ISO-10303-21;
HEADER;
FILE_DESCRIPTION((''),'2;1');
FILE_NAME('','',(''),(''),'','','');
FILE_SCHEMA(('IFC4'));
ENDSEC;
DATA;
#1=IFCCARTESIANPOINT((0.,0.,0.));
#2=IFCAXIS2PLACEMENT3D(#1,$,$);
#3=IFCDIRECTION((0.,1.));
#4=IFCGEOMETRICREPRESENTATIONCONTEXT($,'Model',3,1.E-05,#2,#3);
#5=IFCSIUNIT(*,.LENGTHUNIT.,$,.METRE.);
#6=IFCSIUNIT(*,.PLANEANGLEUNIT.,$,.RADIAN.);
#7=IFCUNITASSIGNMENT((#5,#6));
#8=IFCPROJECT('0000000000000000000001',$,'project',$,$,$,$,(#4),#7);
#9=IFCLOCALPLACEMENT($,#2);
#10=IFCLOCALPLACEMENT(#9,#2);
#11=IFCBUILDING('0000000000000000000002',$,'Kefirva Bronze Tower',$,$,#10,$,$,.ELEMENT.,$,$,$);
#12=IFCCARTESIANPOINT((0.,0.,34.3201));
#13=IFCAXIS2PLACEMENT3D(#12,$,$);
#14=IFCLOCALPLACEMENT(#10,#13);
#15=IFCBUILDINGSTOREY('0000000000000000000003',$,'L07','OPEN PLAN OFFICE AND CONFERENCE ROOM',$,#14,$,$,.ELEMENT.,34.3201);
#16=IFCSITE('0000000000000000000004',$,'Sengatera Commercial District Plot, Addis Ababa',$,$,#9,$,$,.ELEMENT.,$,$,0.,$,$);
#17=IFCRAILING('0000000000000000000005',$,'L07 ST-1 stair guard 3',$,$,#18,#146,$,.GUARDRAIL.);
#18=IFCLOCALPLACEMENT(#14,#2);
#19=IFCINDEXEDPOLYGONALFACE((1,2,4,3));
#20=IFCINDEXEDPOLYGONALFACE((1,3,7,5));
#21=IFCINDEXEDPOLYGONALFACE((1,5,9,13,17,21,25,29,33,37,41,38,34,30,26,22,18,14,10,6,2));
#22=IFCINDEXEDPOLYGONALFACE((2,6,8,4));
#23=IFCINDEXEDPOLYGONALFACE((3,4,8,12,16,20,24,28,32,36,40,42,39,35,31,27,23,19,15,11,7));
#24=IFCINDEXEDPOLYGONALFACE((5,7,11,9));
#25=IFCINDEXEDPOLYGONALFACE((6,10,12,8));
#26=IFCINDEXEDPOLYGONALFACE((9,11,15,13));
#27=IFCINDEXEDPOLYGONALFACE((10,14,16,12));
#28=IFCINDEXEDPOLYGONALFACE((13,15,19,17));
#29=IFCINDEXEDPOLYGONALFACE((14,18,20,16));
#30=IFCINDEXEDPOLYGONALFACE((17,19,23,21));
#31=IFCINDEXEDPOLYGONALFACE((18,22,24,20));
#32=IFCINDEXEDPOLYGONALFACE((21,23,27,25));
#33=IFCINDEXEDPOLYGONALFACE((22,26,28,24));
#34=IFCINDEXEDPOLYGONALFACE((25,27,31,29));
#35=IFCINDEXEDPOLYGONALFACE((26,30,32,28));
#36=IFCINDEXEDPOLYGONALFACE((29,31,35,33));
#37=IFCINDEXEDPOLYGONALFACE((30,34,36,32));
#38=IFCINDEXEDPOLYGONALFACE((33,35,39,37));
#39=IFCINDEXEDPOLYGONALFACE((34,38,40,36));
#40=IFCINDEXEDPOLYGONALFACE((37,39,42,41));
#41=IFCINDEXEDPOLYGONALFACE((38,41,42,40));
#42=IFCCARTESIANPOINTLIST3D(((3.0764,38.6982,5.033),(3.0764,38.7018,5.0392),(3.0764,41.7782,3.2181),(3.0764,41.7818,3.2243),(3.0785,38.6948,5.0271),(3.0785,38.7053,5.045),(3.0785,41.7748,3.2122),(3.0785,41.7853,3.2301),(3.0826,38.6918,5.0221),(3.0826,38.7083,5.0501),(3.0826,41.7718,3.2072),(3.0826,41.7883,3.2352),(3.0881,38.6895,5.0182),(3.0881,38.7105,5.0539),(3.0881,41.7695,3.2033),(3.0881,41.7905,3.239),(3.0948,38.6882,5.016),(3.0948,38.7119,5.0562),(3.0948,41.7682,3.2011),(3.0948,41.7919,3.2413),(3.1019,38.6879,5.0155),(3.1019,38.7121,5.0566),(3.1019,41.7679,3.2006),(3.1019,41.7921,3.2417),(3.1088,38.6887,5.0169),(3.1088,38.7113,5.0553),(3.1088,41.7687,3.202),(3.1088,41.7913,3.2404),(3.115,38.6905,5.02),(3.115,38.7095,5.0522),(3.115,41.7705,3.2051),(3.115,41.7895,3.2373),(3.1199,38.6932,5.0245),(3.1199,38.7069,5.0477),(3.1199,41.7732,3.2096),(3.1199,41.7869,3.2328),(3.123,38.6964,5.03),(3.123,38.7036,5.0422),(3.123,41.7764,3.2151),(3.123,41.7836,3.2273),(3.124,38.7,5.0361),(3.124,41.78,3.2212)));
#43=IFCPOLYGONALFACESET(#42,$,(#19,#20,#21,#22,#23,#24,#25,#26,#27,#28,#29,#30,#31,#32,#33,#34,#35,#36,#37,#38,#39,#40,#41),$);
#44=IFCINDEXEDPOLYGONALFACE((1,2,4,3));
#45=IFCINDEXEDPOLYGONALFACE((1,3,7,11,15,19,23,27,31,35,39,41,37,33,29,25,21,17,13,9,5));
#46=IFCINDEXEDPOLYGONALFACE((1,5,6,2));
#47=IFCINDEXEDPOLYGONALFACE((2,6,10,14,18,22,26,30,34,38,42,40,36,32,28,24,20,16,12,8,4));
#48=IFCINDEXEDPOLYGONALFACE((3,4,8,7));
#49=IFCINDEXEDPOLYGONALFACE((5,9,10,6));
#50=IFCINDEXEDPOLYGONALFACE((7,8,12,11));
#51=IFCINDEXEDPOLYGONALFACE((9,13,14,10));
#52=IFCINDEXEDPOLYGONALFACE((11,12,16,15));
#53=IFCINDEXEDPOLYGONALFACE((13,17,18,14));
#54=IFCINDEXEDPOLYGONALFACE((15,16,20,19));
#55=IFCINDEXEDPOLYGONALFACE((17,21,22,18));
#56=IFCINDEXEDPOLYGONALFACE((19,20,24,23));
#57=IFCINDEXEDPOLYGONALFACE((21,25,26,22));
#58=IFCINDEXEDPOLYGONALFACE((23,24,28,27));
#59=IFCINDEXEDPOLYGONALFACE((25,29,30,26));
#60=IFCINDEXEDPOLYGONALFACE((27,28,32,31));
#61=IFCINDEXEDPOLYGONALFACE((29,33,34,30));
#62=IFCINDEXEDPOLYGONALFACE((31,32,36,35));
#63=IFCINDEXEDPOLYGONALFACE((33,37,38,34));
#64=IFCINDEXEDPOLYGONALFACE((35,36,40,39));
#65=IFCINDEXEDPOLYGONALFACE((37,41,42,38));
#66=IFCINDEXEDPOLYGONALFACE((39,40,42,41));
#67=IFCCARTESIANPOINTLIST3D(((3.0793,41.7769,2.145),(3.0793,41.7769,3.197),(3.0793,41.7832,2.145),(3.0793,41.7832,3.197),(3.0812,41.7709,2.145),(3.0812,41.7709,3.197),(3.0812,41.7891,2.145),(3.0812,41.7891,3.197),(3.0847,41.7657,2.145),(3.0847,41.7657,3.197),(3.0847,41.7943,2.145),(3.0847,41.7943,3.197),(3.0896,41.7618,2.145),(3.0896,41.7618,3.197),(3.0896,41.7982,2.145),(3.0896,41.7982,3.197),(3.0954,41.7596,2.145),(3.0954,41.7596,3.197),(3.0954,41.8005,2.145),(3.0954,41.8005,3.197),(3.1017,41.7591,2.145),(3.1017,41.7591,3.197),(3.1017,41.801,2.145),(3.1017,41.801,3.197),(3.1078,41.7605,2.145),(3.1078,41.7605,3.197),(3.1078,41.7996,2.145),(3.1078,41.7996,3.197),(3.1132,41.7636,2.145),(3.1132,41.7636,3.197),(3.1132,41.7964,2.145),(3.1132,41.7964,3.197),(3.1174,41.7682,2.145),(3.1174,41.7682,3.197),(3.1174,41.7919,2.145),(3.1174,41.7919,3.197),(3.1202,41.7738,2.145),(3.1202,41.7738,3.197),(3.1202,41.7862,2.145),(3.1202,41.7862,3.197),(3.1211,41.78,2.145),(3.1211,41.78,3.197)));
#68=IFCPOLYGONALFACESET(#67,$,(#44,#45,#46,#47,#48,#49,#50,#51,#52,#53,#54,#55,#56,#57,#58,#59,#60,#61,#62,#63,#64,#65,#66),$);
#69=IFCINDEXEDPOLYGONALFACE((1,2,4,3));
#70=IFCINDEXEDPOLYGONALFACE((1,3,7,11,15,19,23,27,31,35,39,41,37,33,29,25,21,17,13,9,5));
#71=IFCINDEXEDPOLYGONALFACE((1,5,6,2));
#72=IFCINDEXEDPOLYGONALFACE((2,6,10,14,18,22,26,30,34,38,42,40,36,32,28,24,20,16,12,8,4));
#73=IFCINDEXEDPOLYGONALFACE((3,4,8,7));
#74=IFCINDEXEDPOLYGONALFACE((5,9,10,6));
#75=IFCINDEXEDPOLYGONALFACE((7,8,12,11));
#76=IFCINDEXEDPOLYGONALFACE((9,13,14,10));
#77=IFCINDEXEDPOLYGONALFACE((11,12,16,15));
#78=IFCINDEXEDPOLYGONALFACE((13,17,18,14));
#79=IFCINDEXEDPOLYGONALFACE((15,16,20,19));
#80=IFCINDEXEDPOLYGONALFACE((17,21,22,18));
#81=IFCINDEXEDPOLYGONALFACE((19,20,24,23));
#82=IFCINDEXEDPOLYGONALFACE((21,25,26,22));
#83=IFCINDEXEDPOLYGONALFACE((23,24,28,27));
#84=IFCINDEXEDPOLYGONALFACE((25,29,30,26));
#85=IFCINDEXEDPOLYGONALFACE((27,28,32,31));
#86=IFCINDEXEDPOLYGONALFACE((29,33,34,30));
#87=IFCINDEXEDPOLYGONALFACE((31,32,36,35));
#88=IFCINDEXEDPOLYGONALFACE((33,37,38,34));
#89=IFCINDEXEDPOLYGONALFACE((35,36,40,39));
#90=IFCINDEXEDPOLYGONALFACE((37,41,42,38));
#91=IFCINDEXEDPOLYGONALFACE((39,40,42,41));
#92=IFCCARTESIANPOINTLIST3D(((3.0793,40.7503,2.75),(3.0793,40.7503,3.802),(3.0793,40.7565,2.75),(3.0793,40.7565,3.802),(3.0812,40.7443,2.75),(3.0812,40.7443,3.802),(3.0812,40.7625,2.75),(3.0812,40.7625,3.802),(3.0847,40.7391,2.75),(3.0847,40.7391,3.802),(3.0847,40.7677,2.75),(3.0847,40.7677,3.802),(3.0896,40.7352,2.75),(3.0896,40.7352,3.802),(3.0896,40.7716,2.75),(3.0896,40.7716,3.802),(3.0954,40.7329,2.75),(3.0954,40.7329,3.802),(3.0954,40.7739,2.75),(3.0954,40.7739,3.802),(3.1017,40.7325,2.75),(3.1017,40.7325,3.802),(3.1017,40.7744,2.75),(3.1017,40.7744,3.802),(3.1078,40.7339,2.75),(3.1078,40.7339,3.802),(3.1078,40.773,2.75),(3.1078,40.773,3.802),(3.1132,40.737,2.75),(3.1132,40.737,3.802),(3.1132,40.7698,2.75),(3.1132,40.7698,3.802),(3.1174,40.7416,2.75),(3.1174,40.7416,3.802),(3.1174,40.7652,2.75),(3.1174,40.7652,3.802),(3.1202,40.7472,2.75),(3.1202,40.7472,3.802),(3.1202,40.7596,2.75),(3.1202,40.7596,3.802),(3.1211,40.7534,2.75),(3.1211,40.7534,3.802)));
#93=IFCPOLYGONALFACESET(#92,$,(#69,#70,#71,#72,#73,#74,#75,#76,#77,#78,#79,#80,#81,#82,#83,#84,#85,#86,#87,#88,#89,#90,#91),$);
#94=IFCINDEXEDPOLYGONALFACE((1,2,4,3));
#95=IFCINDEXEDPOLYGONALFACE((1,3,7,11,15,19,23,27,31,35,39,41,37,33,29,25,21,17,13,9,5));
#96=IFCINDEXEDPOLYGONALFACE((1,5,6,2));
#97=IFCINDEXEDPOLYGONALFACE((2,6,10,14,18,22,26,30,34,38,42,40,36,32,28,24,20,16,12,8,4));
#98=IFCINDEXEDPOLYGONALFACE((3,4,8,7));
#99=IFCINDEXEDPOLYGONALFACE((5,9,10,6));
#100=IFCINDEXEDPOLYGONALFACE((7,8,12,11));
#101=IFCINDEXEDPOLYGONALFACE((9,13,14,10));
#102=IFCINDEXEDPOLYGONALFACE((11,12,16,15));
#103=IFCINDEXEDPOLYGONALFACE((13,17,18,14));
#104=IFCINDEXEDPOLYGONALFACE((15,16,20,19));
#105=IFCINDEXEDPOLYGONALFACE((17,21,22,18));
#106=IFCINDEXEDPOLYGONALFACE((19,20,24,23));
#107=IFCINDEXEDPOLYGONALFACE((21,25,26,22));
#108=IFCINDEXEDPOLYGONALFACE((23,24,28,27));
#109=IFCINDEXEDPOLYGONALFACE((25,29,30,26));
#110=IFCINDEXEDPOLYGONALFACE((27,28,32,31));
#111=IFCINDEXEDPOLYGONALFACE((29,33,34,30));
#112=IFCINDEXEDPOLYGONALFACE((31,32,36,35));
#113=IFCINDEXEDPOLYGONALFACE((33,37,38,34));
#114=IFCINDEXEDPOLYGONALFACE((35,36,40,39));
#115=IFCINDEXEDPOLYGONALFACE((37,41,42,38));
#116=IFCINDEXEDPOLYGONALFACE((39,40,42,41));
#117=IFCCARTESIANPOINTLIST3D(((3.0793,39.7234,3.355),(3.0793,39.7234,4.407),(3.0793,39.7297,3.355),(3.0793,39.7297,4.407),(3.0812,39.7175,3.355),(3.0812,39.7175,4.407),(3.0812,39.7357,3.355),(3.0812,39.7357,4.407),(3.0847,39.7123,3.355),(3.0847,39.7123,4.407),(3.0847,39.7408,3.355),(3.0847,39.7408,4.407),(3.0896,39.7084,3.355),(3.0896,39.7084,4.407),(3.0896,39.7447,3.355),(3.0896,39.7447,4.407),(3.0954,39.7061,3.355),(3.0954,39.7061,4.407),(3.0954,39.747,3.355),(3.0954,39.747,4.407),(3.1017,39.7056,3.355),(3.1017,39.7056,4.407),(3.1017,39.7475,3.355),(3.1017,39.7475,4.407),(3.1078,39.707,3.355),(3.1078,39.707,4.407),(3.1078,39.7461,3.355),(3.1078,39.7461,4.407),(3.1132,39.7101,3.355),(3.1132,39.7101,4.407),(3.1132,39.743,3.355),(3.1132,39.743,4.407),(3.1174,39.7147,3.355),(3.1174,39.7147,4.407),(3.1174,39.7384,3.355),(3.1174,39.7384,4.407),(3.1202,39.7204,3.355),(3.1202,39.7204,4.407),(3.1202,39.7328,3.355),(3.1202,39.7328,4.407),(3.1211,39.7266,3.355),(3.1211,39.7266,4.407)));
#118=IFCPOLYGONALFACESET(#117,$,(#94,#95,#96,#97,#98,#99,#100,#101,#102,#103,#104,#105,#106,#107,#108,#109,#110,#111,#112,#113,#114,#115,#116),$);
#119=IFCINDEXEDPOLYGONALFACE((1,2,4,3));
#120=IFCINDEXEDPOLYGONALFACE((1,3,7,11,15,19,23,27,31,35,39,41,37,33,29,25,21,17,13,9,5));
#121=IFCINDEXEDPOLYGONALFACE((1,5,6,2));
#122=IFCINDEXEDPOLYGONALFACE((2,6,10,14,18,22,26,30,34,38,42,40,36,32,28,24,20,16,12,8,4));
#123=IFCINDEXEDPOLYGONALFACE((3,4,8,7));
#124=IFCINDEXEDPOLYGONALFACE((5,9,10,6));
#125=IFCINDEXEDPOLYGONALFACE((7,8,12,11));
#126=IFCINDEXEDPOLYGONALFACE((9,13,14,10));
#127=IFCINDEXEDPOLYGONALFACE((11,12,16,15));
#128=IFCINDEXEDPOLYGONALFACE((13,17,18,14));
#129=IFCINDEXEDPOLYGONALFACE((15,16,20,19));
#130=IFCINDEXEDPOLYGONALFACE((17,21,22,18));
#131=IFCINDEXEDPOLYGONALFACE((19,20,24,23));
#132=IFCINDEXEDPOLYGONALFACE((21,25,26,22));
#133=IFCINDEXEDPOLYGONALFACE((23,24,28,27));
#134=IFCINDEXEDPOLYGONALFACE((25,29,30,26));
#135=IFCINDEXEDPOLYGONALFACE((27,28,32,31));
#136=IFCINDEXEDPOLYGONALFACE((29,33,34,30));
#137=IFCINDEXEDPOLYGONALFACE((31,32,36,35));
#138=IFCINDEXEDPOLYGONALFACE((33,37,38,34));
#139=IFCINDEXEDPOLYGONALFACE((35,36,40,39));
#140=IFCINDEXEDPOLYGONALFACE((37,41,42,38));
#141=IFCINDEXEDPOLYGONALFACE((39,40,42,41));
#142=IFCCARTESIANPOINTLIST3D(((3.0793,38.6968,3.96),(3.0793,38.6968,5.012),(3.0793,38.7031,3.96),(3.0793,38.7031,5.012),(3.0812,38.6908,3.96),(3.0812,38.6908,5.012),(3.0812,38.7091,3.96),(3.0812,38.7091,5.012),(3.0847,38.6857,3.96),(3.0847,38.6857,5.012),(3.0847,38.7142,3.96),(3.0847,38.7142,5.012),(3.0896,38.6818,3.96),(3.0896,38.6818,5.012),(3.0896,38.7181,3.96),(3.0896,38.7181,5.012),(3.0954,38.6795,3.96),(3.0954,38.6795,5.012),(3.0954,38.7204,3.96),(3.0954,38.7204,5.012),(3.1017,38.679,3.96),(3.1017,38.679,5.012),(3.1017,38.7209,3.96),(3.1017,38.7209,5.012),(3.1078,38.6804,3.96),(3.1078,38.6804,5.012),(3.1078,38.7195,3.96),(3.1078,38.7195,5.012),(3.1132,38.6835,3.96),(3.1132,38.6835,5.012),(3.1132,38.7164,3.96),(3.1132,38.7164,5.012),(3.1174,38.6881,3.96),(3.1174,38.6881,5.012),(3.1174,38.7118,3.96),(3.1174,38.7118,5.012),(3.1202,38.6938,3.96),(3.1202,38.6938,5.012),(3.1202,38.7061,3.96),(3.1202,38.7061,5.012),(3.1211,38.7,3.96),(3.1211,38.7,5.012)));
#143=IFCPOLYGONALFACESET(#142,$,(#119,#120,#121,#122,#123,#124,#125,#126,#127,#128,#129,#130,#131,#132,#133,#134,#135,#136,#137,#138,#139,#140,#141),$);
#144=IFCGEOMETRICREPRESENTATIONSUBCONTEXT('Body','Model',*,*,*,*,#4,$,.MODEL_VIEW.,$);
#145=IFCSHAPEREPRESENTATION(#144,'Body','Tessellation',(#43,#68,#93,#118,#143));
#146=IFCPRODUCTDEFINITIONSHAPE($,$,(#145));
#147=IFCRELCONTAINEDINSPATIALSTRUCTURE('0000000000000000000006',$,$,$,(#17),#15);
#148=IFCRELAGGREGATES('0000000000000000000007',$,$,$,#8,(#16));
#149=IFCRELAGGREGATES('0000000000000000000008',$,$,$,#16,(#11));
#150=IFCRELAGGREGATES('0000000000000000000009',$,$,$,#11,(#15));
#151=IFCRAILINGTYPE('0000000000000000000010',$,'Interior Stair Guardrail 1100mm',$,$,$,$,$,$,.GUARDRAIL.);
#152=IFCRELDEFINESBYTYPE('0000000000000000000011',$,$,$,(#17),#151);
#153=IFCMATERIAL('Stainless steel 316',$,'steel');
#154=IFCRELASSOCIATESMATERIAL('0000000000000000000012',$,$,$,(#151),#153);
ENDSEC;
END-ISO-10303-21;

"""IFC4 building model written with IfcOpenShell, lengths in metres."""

from ifc_helpers import new_model, si_unit, direction, frame, origin, origin_2d, place, context, subcontext, project, spatial, circle, extrude, material, type_object, element, save


model = new_model("IFC4")

# Units and contexts
model_context = context("Model", 3, precision=1e-05, world=origin(), true_north=direction((0.0, 1.0)))
body_context = subcontext(model_context, "Body", "Model", "MODEL_VIEW")
ifc_project = project(units=[si_unit("LENGTHUNIT", "METRE"), si_unit("PLANEANGLEUNIT", "RADIAN")], contexts=[model_context])

# Site, building, storey
site_placement = place(None, origin())
site = spatial("IfcSite", under=ifc_project, at=site_placement, Name="Sengatera Commercial District Plot, Addis Ababa", CompositionType="ELEMENT", RefElevation=0.0)
building_placement = place(site_placement, origin())
building = spatial("IfcBuilding", under=site, at=building_placement, Name="Kefirva Bronze Tower", CompositionType="ELEMENT")
storey_placement = place(building_placement, frame((0.0, 0.0, 34.3201)))
storey = spatial("IfcBuildingStorey", under=building, at=storey_placement, Name="L07", Description="OPEN PLAN OFFICE AND CONFERENCE ROOM", CompositionType="ELEMENT", Elevation=34.3201)

# Railing
ifc_material_1 = material(Name="Stainless steel 316", Category="steel")
railing_type_1 = type_object("IfcRailingType", Name="Interior Stair Guardrail 1100mm", PredefinedType="GUARDRAIL", material=ifc_material_1)
railing_1_placement = place(storey_placement, frame((3.1001, 41.78, 2.145)))
element("IfcRailing", 1, at=railing_1_placement, inside=storey, type_object=railing_type_1, Name="L07 ST-1 stair guard 3", PredefinedType="GUARDRAIL", context=body_context, shape_type="SweptSolid", body=[
    extrude(circle(Radius=0.0239, at=origin_2d()), frame((0.0, 0.0, 1.0762), z_axis=(0.0, -0.861551, 0.507671), x_axis=(1.0, 0.0, 0.0)), (0.0, 0.0, 1.0), 3.575),
    extrude(circle(Radius=0.021, at=origin_2d()), origin(), (0.0, 0.0, 1.0), 1.052),
    extrude(circle(Radius=0.021, at=origin_2d()), frame((0.0, -1.0266, 0.605)), (0.0, 0.0, 1.0), 1.052),
    extrude(circle(Radius=0.021, at=origin_2d()), frame((0.0, -2.0535, 1.21)), (0.0, 0.0, 1.0), 1.052),
    extrude(circle(Radius=0.021, at=origin_2d()), frame((0.0, -3.0801, 1.8149)), (0.0, 0.0, 1.0), 1.052),
])

save(model, "model.ifc")
